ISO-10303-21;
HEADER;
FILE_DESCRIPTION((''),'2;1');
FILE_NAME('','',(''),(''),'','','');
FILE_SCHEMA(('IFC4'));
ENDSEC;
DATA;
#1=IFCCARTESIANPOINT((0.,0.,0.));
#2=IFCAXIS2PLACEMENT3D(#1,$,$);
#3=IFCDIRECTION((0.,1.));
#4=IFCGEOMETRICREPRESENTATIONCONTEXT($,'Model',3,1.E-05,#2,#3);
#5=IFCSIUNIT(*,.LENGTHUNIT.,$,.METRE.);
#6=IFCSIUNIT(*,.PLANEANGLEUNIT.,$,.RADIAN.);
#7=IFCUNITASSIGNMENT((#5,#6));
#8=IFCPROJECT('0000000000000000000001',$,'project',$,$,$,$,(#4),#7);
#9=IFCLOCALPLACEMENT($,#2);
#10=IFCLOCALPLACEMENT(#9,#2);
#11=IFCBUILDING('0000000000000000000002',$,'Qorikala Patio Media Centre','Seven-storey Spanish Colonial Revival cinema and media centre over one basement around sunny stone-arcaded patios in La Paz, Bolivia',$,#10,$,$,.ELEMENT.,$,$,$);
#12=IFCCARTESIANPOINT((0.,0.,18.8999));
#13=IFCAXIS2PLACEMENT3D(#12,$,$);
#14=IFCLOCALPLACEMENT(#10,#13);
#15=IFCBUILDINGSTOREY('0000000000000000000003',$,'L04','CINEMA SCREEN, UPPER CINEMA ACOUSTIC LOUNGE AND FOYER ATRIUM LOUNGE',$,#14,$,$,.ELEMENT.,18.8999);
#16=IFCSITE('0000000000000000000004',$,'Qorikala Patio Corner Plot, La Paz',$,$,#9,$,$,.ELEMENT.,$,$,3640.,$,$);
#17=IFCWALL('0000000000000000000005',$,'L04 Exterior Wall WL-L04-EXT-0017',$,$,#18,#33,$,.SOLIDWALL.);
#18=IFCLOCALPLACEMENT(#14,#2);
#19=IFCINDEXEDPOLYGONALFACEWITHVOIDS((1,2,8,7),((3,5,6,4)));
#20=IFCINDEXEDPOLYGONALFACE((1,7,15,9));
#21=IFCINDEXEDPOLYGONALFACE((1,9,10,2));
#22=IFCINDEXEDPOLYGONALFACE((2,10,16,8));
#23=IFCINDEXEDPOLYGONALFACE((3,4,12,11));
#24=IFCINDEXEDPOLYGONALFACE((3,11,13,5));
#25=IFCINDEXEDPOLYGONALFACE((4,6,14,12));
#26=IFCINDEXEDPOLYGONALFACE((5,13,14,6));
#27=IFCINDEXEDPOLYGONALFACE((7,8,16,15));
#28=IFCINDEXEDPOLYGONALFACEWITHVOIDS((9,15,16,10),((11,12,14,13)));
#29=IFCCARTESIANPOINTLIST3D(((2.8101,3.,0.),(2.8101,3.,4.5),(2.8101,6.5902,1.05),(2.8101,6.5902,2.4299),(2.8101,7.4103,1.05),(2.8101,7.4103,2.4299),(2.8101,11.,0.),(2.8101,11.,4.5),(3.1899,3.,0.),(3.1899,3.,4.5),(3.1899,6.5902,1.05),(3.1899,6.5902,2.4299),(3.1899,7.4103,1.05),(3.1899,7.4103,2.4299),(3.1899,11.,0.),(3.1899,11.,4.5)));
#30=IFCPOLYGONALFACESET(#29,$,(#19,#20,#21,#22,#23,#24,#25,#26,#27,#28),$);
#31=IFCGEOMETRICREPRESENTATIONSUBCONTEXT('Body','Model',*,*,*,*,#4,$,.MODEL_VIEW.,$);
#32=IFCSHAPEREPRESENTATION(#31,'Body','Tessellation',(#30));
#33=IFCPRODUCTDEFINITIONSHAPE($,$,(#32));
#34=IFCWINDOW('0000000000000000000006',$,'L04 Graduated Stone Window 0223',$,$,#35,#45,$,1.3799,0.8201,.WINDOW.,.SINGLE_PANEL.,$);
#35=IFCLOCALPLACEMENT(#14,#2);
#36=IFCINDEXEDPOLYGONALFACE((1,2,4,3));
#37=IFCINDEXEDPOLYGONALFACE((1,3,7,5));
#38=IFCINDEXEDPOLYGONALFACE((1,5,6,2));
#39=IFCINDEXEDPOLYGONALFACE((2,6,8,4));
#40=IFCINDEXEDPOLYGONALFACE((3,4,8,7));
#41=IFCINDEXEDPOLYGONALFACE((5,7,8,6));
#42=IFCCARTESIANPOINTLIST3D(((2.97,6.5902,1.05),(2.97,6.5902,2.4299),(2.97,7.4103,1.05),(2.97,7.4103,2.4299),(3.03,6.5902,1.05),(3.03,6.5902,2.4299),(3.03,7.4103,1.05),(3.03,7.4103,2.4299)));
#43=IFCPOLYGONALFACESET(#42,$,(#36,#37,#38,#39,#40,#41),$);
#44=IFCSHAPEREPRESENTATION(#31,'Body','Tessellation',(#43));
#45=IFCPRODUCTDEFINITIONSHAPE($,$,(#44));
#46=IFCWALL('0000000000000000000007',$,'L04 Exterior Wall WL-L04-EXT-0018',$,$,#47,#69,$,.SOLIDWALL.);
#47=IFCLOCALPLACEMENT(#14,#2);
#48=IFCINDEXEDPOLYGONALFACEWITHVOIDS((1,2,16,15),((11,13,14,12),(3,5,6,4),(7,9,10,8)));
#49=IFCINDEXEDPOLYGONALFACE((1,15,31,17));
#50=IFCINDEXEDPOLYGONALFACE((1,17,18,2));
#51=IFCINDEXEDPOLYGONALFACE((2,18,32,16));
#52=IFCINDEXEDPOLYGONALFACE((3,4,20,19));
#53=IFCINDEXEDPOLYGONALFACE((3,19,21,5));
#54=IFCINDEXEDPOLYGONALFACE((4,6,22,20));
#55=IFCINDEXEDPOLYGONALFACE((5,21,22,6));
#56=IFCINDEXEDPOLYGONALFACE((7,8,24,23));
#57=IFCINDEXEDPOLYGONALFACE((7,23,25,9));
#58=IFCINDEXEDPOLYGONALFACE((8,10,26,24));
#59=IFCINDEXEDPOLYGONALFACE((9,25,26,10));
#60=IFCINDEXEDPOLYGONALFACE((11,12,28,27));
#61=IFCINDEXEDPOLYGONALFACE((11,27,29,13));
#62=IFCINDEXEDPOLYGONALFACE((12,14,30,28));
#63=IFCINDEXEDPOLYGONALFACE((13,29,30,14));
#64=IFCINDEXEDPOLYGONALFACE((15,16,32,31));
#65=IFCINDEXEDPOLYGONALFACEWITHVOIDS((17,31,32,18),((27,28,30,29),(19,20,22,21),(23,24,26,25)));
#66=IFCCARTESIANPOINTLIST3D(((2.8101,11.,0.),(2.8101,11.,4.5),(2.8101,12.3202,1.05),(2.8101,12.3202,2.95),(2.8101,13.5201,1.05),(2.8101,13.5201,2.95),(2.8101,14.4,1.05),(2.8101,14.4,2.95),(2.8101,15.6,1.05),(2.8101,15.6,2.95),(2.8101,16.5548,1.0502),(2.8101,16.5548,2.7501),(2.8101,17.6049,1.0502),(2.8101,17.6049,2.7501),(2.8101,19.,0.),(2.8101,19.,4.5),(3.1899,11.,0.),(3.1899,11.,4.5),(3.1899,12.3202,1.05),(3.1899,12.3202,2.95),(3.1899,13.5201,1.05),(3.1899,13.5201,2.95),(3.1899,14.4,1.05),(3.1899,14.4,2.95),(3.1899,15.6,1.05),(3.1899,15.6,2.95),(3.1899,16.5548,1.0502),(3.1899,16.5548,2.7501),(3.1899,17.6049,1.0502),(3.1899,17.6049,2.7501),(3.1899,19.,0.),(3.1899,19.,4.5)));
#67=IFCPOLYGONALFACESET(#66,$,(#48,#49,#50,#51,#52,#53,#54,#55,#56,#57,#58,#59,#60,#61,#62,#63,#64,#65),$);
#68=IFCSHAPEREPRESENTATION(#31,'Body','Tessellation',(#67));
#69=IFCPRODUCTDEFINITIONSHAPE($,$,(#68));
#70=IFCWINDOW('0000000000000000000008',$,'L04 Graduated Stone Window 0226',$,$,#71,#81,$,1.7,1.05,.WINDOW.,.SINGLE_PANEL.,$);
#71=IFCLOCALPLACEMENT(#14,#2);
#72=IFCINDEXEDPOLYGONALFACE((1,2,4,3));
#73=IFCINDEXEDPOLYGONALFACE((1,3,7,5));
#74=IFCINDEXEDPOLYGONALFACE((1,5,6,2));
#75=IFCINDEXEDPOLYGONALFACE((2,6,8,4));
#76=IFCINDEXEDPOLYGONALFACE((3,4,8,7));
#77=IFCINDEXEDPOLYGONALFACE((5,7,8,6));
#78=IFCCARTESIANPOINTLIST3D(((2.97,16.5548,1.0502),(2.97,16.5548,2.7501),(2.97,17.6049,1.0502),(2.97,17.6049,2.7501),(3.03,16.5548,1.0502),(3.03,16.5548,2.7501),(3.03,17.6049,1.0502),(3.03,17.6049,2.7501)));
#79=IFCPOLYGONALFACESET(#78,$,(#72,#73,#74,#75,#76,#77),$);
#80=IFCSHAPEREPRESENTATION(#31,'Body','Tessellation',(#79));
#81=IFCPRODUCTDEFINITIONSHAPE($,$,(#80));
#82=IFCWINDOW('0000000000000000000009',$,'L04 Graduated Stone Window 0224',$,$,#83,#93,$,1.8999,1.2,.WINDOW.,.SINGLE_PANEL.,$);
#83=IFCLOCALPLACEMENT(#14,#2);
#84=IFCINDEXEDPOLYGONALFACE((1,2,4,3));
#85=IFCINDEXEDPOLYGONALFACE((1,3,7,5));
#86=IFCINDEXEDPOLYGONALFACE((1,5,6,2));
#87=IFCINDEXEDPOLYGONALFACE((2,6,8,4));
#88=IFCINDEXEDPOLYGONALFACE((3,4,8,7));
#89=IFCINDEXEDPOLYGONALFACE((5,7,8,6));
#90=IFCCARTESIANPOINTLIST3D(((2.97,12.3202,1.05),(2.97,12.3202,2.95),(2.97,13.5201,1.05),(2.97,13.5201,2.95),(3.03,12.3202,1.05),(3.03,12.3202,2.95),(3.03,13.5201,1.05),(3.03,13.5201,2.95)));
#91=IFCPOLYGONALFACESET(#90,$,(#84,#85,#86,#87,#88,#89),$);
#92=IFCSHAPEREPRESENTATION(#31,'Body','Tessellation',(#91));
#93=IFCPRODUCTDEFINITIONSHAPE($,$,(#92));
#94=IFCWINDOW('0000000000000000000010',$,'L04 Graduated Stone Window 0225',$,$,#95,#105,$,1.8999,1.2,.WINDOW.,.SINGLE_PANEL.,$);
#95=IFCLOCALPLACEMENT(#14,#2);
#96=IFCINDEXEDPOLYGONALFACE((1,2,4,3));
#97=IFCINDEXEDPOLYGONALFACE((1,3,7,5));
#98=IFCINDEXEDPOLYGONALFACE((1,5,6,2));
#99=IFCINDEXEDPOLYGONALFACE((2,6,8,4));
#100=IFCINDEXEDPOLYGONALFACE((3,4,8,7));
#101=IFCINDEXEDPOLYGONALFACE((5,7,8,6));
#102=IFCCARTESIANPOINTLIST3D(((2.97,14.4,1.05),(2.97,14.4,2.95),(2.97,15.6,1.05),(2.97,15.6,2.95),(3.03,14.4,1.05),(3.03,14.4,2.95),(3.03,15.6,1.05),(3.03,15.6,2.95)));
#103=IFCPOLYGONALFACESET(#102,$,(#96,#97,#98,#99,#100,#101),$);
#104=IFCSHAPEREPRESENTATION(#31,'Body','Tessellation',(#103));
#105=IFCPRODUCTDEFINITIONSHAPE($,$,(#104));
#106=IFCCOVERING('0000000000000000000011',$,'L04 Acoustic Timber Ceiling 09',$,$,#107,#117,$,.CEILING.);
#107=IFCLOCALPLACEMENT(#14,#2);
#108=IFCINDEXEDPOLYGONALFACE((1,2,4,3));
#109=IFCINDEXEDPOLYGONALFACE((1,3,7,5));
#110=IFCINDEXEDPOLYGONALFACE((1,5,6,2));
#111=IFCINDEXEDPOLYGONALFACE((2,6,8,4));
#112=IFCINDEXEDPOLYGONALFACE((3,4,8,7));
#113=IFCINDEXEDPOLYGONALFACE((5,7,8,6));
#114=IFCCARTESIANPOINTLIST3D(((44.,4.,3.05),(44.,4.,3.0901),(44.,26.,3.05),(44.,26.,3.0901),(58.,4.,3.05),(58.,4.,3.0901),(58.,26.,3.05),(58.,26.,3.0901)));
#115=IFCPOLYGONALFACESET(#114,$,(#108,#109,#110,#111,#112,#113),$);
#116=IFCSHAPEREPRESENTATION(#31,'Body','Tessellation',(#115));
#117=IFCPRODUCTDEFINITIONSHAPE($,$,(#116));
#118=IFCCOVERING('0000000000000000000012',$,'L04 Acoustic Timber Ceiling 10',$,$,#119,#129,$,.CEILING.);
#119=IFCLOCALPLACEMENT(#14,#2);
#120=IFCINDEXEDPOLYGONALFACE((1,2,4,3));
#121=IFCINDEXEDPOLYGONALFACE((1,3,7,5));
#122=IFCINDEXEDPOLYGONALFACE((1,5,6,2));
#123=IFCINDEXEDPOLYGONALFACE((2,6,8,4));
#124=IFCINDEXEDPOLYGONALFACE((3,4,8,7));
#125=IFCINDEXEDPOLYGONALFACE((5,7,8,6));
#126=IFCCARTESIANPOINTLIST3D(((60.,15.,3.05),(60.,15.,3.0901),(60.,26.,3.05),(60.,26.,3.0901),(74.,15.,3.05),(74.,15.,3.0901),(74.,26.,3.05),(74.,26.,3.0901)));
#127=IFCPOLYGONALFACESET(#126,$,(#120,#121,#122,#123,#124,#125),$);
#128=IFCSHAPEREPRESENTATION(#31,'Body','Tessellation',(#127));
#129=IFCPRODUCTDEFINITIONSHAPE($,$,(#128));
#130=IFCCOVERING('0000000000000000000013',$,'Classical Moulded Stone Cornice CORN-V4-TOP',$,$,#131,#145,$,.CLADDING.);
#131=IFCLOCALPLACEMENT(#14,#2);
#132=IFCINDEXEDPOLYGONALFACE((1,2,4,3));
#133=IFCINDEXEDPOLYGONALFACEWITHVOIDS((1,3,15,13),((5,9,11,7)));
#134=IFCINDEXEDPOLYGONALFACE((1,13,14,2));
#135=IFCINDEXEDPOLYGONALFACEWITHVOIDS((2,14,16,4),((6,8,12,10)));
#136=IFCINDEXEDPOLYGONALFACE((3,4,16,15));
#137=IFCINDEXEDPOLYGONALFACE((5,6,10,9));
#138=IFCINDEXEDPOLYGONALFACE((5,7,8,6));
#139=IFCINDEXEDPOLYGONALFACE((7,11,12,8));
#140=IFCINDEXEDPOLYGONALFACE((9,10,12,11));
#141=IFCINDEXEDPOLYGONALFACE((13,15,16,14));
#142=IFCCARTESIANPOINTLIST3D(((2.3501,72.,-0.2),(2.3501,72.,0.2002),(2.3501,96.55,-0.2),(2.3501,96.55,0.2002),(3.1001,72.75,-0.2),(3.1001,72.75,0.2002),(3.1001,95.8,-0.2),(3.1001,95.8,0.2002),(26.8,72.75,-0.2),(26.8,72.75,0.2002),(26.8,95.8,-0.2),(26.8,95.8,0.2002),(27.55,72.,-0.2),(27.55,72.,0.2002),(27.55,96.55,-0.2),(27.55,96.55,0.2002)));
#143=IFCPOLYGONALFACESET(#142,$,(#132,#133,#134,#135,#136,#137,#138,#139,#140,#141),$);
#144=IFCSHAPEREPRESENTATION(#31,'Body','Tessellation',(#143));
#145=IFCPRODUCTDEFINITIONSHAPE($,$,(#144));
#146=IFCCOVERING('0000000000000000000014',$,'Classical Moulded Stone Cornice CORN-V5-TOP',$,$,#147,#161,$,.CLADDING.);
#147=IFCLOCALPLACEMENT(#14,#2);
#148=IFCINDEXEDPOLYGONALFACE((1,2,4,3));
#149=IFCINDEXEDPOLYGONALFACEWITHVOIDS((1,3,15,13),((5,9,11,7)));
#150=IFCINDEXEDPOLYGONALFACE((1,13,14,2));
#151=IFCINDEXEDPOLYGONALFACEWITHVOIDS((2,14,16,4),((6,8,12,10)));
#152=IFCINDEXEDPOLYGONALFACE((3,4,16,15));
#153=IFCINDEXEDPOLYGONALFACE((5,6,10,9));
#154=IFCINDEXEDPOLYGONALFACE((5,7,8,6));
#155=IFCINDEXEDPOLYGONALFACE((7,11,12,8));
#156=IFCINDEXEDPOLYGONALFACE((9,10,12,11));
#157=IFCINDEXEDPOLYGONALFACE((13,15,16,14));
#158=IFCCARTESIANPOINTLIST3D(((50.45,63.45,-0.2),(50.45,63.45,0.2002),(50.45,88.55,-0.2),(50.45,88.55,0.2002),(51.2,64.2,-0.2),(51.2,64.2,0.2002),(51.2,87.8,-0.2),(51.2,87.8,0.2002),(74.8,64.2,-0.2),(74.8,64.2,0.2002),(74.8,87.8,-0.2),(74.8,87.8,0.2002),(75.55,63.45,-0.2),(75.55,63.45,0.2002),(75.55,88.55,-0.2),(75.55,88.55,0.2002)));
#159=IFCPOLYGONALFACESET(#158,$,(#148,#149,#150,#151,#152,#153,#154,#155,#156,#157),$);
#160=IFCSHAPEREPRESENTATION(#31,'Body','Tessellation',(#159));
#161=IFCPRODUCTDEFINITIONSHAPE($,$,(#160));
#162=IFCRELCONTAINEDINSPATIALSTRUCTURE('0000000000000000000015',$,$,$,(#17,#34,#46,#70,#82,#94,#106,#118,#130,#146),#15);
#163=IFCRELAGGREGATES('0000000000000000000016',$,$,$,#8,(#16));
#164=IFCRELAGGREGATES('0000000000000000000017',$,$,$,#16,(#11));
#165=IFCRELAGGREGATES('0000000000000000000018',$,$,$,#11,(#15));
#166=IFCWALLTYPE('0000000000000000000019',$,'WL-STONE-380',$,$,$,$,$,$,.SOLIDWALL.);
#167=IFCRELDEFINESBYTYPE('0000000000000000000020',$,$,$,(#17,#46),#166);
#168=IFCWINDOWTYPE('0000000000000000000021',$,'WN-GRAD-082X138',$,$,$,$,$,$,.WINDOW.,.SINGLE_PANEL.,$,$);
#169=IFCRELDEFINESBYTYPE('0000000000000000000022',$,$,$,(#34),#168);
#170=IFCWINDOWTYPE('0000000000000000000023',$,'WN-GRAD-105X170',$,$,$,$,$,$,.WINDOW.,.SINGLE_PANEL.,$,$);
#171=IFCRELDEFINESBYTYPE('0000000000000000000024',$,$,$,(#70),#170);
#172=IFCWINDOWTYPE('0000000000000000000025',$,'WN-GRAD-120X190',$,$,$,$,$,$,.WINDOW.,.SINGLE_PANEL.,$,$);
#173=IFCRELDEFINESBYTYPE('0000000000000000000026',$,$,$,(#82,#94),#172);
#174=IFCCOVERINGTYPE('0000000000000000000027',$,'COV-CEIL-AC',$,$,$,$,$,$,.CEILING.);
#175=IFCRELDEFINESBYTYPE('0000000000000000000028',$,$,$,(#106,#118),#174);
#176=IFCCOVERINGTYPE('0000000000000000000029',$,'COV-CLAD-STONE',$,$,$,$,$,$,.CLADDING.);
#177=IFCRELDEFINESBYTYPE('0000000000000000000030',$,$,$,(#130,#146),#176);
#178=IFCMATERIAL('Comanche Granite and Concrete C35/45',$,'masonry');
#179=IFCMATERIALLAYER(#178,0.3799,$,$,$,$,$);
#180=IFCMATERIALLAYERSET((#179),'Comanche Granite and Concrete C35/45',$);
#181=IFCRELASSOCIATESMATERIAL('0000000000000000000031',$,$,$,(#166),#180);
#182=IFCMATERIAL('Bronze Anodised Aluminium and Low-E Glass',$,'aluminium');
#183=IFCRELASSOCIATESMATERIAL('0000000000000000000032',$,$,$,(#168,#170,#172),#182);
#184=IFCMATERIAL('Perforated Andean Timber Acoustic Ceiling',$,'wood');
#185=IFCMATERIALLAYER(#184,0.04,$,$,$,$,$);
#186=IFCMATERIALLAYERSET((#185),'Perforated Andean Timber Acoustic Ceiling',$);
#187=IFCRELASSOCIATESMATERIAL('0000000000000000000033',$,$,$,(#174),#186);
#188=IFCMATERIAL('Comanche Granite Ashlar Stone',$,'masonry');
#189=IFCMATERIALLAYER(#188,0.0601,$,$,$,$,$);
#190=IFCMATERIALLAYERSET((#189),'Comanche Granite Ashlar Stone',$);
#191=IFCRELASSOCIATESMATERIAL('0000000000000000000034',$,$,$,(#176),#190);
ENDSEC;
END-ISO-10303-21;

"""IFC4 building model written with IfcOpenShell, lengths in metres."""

from ifc_helpers import new_model, si_unit, direction, frame, frame_2d, origin, place, context, subcontext, project, spatial, polyline, rectangle, outline, extrude, material, layer, layer_set, type_object, element, fill, save


model = new_model("IFC4")

# Units and contexts
model_context = context("Model", 3, precision=1e-05, world=origin(), true_north=direction((0.0, 1.0)))
body_context = subcontext(model_context, "Body", "Model", "MODEL_VIEW")
ifc_project = project(units=[si_unit("LENGTHUNIT", "METRE"), si_unit("PLANEANGLEUNIT", "RADIAN")], contexts=[model_context])

# Site, building, storey
site_placement = place(None, origin())
site = spatial("IfcSite", under=ifc_project, at=site_placement, Name="Qorikala Patio Corner Plot, La Paz", CompositionType="ELEMENT", RefElevation=3640.0)
building_placement = place(site_placement, origin())
building = spatial("IfcBuilding", under=site, at=building_placement, Name="Qorikala Patio Media Centre", Description="Seven-storey Spanish Colonial Revival cinema and media centre over one basement around sunny stone-arcaded patios in La Paz, Bolivia", CompositionType="ELEMENT")
storey_placement = place(building_placement, frame((0.0, 0.0, 18.8999)))
storey = spatial("IfcBuildingStorey", under=building, at=storey_placement, Name="L04", Description="CINEMA SCREEN, UPPER CINEMA ACOUSTIC LOUNGE AND FOYER ATRIUM LOUNGE", CompositionType="ELEMENT", Elevation=18.8999)

# Wall, opening, window
ifc_material_1 = material(Name="Comanche Granite and Concrete C35/45", Category="masonry")
ifc_layer_1 = layer(ifc_material_1, 0.3799)
ifc_layer_set_1 = layer_set([ifc_layer_1], Name="Comanche Granite and Concrete C35/45")
wall_type_1 = type_object("IfcWallType", Name="WL-STONE-380", PredefinedType="SOLIDWALL", material=ifc_layer_set_1)
wall_1_placement = place(storey_placement, frame((3.0, 3.0, 0.0), z_axis=(0.0, 0.0, 1.0), x_axis=(0.0, 1.0, 0.0)))
wall_1 = element("IfcWall", 1, at=wall_1_placement, inside=storey, type_object=wall_type_1, Name="L04 Exterior Wall WL-L04-EXT-0017", PredefinedType="SOLIDWALL", context=body_context, shape_type="SweptSolid", body=[
    extrude(rectangle(XDim=8.0, YDim=0.3799, at=frame_2d((4.0, 0.0))), origin(), (0.0, 0.0, 1.0), 4.5),
])
opening_1_placement = place(wall_1_placement, frame((3.5901, 0.0, 1.05)))
opening_1 = element("IfcOpeningElement", 2, at=opening_1_placement, cuts=wall_1, PredefinedType="OPENING", context=body_context, shape_type="SweptSolid", body=[
    extrude(rectangle(XDim=0.8201, YDim=1.3799, at=frame_2d((0.4102, 0.6899))), frame((0.0, 0.2, 0.0), z_axis=(0.0, -1.0, 0.0), x_axis=(1.0, 0.0, 0.0)), (0.0, 0.0, 1.0), 0.3999),
])
ifc_material_2 = material(Name="Bronze Anodised Aluminium and Low-E Glass", Category="aluminium")
window_type_1 = type_object("IfcWindowType", Name="WN-GRAD-082X138", PartitioningType="SINGLE_PANEL", PredefinedType="WINDOW", material=ifc_material_2)
window_1_placement = place(opening_1_placement, origin())
window_1 = element("IfcWindow", 3, at=window_1_placement, inside=storey, type_object=window_type_1, Name="L04 Graduated Stone Window 0223", OverallHeight=1.3799, OverallWidth=0.8201, PartitioningType="SINGLE_PANEL", PredefinedType="WINDOW", context=body_context, shape_type="SweptSolid", body=[
    extrude(rectangle(XDim=0.8201, YDim=1.3799, at=frame_2d((0.4102, 0.6899))), frame((0.0, 0.03, 0.0), z_axis=(0.0, -1.0, 0.0), x_axis=(1.0, 0.0, 0.0)), (0.0, 0.0, 1.0), 0.0601),
])
fill(opening_1, window_1)

# Wall, openings, windows
wall_2_placement = place(storey_placement, frame((3.0, 11.0, 0.0), z_axis=(0.0, 0.0, 1.0), x_axis=(0.0, 1.0, 0.0)))
wall_2 = element("IfcWall", 4, at=wall_2_placement, inside=storey, type_object=wall_type_1, Name="L04 Exterior Wall WL-L04-EXT-0018", PredefinedType="SOLIDWALL", context=body_context, shape_type="SweptSolid", body=[
    extrude(rectangle(XDim=8.0, YDim=0.3799, at=frame_2d((4.0, 0.0))), origin(), (0.0, 0.0, 1.0), 4.5),
])
opening_2_placement = place(wall_2_placement, frame((1.3201, 0.0, 1.05)))
opening_2 = element("IfcOpeningElement", 5, at=opening_2_placement, cuts=wall_2, PredefinedType="OPENING", context=body_context, shape_type="SweptSolid", body=[
    extrude(rectangle(XDim=1.2, YDim=1.8999, at=frame_2d((0.6001, 0.95))), frame((0.0, 0.2, 0.0), z_axis=(0.0, -1.0, 0.0), x_axis=(1.0, 0.0, 0.0)), (0.0, 0.0, 1.0), 0.3999),
])
opening_3_placement = place(wall_2_placement, frame((3.3999, 0.0, 1.05)))
opening_3 = element("IfcOpeningElement", 6, at=opening_3_placement, cuts=wall_2, PredefinedType="OPENING", context=body_context, shape_type="SweptSolid", body=[
    extrude(rectangle(XDim=1.2, YDim=1.8999, at=frame_2d((0.6001, 0.95))), frame((0.0, 0.2, 0.0), z_axis=(0.0, -1.0, 0.0), x_axis=(1.0, 0.0, 0.0)), (0.0, 0.0, 1.0), 0.3999),
])
opening_4_placement = place(wall_2_placement, frame((5.5549, 0.0, 1.05)))
opening_4 = element("IfcOpeningElement", 7, at=opening_4_placement, cuts=wall_2, PredefinedType="OPENING", context=body_context, shape_type="SweptSolid", body=[
    extrude(rectangle(XDim=1.05, YDim=1.7, at=frame_2d((0.5249, 0.8501))), frame((0.0, 0.2, 0.0), z_axis=(0.0, -1.0, 0.0), x_axis=(1.0, 0.0, 0.0)), (0.0, 0.0, 1.0), 0.3999),
])
window_type_2 = type_object("IfcWindowType", Name="WN-GRAD-105X170", PartitioningType="SINGLE_PANEL", PredefinedType="WINDOW", material=ifc_material_2)
window_2_placement = place(opening_4_placement, origin())
window_2 = element("IfcWindow", 8, at=window_2_placement, inside=storey, type_object=window_type_2, Name="L04 Graduated Stone Window 0226", OverallHeight=1.7, OverallWidth=1.05, PartitioningType="SINGLE_PANEL", PredefinedType="WINDOW", context=body_context, shape_type="SweptSolid", body=[
    extrude(rectangle(XDim=1.05, YDim=1.7, at=frame_2d((0.5249, 0.8501))), frame((0.0, 0.03, 0.0), z_axis=(0.0, -1.0, 0.0), x_axis=(1.0, 0.0, 0.0)), (0.0, 0.0, 1.0), 0.0601),
])
fill(opening_4, window_2)
window_type_3 = type_object("IfcWindowType", Name="WN-GRAD-120X190", PartitioningType="SINGLE_PANEL", PredefinedType="WINDOW", material=ifc_material_2)
window_3_placement = place(opening_2_placement, origin())
window_3 = element("IfcWindow", 9, at=window_3_placement, inside=storey, type_object=window_type_3, Name="L04 Graduated Stone Window 0224", OverallHeight=1.8999, OverallWidth=1.2, PartitioningType="SINGLE_PANEL", PredefinedType="WINDOW", context=body_context, shape_type="SweptSolid", body=[
    extrude(rectangle(XDim=1.2, YDim=1.8999, at=frame_2d((0.6001, 0.95))), frame((0.0, 0.03, 0.0), z_axis=(0.0, -1.0, 0.0), x_axis=(1.0, 0.0, 0.0)), (0.0, 0.0, 1.0), 0.0601),
])
fill(opening_2, window_3)
window_4_placement = place(opening_3_placement, origin())
window_4 = element("IfcWindow", 10, at=window_4_placement, inside=storey, type_object=window_type_3, Name="L04 Graduated Stone Window 0225", OverallHeight=1.8999, OverallWidth=1.2, PartitioningType="SINGLE_PANEL", PredefinedType="WINDOW", context=body_context, shape_type="SweptSolid", body=[
    extrude(rectangle(XDim=1.2, YDim=1.8999, at=frame_2d((0.6001, 0.95))), frame((0.0, 0.03, 0.0), z_axis=(0.0, -1.0, 0.0), x_axis=(1.0, 0.0, 0.0)), (0.0, 0.0, 1.0), 0.0601),
])
fill(opening_3, window_4)

# Coverings
ifc_material_3 = material(Name="Perforated Andean Timber Acoustic Ceiling", Category="wood")
ifc_layer_2 = layer(ifc_material_3, 0.04)
ifc_layer_set_2 = layer_set([ifc_layer_2], Name="Perforated Andean Timber Acoustic Ceiling")
covering_type_1 = type_object("IfcCoveringType", Name="COV-CEIL-AC", PredefinedType="CEILING", material=ifc_layer_set_2)
covering_1_placement = place(storey_placement, frame((0.0, 0.0, 3.05)))
element("IfcCovering", 11, at=covering_1_placement, inside=storey, type_object=covering_type_1, Name="L04 Acoustic Timber Ceiling 09", PredefinedType="CEILING", context=body_context, shape_type="SweptSolid", body=[
    extrude(outline(polyline([(44.0, 4.0), (58.0, 4.0), (58.0, 26.0), (44.0, 26.0), (44.0, 4.0)])), origin(), (0.0, 0.0, 1.0), 0.04),
])
covering_2_placement = place(storey_placement, frame((0.0, 0.0, 3.05)))
element("IfcCovering", 12, at=covering_2_placement, inside=storey, type_object=covering_type_1, Name="L04 Acoustic Timber Ceiling 10", PredefinedType="CEILING", context=body_context, shape_type="SweptSolid", body=[
    extrude(outline(polyline([(60.0, 15.0), (74.0, 15.0), (74.0, 26.0), (60.0, 26.0), (60.0, 15.0)])), origin(), (0.0, 0.0, 1.0), 0.04),
])
ifc_material_4 = material(Name="Comanche Granite Ashlar Stone", Category="masonry")
ifc_layer_3 = layer(ifc_material_4, 0.0601)
ifc_layer_set_3 = layer_set([ifc_layer_3], Name="Comanche Granite Ashlar Stone")
covering_type_2 = type_object("IfcCoveringType", Name="COV-CLAD-STONE", PredefinedType="CLADDING", material=ifc_layer_set_3)
covering_3_placement = place(storey_placement, frame((0.0, 0.0, -0.2)))
element("IfcCovering", 13, at=covering_3_placement, inside=storey, type_object=covering_type_2, Name="Classical Moulded Stone Cornice CORN-V4-TOP", PredefinedType="CLADDING", context=body_context, shape_type="SweptSolid", body=[
    extrude(outline(polyline([(2.3501, 72.0), (27.55, 72.0), (27.55, 96.55), (2.3501, 96.55), (2.3501, 72.0)]), holes=[polyline([(3.1001, 72.75), (26.8, 72.75), (26.8, 95.8), (3.1001, 95.8), (3.1001, 72.75)])]), origin(), (0.0, 0.0, 1.0), 0.4001),
])
covering_4_placement = place(storey_placement, frame((0.0, 0.0, -0.2)))
element("IfcCovering", 14, at=covering_4_placement, inside=storey, type_object=covering_type_2, Name="Classical Moulded Stone Cornice CORN-V5-TOP", PredefinedType="CLADDING", context=body_context, shape_type="SweptSolid", body=[
    extrude(outline(polyline([(50.45, 63.45), (75.55, 63.45), (75.55, 88.55), (50.45, 88.55), (50.45, 63.45)]), holes=[polyline([(51.2, 64.2), (74.8, 64.2), (74.8, 87.8), (51.2, 87.8), (51.2, 64.2)])]), origin(), (0.0, 0.0, 1.0), 0.4001),
])

save(model, "model.ifc")
